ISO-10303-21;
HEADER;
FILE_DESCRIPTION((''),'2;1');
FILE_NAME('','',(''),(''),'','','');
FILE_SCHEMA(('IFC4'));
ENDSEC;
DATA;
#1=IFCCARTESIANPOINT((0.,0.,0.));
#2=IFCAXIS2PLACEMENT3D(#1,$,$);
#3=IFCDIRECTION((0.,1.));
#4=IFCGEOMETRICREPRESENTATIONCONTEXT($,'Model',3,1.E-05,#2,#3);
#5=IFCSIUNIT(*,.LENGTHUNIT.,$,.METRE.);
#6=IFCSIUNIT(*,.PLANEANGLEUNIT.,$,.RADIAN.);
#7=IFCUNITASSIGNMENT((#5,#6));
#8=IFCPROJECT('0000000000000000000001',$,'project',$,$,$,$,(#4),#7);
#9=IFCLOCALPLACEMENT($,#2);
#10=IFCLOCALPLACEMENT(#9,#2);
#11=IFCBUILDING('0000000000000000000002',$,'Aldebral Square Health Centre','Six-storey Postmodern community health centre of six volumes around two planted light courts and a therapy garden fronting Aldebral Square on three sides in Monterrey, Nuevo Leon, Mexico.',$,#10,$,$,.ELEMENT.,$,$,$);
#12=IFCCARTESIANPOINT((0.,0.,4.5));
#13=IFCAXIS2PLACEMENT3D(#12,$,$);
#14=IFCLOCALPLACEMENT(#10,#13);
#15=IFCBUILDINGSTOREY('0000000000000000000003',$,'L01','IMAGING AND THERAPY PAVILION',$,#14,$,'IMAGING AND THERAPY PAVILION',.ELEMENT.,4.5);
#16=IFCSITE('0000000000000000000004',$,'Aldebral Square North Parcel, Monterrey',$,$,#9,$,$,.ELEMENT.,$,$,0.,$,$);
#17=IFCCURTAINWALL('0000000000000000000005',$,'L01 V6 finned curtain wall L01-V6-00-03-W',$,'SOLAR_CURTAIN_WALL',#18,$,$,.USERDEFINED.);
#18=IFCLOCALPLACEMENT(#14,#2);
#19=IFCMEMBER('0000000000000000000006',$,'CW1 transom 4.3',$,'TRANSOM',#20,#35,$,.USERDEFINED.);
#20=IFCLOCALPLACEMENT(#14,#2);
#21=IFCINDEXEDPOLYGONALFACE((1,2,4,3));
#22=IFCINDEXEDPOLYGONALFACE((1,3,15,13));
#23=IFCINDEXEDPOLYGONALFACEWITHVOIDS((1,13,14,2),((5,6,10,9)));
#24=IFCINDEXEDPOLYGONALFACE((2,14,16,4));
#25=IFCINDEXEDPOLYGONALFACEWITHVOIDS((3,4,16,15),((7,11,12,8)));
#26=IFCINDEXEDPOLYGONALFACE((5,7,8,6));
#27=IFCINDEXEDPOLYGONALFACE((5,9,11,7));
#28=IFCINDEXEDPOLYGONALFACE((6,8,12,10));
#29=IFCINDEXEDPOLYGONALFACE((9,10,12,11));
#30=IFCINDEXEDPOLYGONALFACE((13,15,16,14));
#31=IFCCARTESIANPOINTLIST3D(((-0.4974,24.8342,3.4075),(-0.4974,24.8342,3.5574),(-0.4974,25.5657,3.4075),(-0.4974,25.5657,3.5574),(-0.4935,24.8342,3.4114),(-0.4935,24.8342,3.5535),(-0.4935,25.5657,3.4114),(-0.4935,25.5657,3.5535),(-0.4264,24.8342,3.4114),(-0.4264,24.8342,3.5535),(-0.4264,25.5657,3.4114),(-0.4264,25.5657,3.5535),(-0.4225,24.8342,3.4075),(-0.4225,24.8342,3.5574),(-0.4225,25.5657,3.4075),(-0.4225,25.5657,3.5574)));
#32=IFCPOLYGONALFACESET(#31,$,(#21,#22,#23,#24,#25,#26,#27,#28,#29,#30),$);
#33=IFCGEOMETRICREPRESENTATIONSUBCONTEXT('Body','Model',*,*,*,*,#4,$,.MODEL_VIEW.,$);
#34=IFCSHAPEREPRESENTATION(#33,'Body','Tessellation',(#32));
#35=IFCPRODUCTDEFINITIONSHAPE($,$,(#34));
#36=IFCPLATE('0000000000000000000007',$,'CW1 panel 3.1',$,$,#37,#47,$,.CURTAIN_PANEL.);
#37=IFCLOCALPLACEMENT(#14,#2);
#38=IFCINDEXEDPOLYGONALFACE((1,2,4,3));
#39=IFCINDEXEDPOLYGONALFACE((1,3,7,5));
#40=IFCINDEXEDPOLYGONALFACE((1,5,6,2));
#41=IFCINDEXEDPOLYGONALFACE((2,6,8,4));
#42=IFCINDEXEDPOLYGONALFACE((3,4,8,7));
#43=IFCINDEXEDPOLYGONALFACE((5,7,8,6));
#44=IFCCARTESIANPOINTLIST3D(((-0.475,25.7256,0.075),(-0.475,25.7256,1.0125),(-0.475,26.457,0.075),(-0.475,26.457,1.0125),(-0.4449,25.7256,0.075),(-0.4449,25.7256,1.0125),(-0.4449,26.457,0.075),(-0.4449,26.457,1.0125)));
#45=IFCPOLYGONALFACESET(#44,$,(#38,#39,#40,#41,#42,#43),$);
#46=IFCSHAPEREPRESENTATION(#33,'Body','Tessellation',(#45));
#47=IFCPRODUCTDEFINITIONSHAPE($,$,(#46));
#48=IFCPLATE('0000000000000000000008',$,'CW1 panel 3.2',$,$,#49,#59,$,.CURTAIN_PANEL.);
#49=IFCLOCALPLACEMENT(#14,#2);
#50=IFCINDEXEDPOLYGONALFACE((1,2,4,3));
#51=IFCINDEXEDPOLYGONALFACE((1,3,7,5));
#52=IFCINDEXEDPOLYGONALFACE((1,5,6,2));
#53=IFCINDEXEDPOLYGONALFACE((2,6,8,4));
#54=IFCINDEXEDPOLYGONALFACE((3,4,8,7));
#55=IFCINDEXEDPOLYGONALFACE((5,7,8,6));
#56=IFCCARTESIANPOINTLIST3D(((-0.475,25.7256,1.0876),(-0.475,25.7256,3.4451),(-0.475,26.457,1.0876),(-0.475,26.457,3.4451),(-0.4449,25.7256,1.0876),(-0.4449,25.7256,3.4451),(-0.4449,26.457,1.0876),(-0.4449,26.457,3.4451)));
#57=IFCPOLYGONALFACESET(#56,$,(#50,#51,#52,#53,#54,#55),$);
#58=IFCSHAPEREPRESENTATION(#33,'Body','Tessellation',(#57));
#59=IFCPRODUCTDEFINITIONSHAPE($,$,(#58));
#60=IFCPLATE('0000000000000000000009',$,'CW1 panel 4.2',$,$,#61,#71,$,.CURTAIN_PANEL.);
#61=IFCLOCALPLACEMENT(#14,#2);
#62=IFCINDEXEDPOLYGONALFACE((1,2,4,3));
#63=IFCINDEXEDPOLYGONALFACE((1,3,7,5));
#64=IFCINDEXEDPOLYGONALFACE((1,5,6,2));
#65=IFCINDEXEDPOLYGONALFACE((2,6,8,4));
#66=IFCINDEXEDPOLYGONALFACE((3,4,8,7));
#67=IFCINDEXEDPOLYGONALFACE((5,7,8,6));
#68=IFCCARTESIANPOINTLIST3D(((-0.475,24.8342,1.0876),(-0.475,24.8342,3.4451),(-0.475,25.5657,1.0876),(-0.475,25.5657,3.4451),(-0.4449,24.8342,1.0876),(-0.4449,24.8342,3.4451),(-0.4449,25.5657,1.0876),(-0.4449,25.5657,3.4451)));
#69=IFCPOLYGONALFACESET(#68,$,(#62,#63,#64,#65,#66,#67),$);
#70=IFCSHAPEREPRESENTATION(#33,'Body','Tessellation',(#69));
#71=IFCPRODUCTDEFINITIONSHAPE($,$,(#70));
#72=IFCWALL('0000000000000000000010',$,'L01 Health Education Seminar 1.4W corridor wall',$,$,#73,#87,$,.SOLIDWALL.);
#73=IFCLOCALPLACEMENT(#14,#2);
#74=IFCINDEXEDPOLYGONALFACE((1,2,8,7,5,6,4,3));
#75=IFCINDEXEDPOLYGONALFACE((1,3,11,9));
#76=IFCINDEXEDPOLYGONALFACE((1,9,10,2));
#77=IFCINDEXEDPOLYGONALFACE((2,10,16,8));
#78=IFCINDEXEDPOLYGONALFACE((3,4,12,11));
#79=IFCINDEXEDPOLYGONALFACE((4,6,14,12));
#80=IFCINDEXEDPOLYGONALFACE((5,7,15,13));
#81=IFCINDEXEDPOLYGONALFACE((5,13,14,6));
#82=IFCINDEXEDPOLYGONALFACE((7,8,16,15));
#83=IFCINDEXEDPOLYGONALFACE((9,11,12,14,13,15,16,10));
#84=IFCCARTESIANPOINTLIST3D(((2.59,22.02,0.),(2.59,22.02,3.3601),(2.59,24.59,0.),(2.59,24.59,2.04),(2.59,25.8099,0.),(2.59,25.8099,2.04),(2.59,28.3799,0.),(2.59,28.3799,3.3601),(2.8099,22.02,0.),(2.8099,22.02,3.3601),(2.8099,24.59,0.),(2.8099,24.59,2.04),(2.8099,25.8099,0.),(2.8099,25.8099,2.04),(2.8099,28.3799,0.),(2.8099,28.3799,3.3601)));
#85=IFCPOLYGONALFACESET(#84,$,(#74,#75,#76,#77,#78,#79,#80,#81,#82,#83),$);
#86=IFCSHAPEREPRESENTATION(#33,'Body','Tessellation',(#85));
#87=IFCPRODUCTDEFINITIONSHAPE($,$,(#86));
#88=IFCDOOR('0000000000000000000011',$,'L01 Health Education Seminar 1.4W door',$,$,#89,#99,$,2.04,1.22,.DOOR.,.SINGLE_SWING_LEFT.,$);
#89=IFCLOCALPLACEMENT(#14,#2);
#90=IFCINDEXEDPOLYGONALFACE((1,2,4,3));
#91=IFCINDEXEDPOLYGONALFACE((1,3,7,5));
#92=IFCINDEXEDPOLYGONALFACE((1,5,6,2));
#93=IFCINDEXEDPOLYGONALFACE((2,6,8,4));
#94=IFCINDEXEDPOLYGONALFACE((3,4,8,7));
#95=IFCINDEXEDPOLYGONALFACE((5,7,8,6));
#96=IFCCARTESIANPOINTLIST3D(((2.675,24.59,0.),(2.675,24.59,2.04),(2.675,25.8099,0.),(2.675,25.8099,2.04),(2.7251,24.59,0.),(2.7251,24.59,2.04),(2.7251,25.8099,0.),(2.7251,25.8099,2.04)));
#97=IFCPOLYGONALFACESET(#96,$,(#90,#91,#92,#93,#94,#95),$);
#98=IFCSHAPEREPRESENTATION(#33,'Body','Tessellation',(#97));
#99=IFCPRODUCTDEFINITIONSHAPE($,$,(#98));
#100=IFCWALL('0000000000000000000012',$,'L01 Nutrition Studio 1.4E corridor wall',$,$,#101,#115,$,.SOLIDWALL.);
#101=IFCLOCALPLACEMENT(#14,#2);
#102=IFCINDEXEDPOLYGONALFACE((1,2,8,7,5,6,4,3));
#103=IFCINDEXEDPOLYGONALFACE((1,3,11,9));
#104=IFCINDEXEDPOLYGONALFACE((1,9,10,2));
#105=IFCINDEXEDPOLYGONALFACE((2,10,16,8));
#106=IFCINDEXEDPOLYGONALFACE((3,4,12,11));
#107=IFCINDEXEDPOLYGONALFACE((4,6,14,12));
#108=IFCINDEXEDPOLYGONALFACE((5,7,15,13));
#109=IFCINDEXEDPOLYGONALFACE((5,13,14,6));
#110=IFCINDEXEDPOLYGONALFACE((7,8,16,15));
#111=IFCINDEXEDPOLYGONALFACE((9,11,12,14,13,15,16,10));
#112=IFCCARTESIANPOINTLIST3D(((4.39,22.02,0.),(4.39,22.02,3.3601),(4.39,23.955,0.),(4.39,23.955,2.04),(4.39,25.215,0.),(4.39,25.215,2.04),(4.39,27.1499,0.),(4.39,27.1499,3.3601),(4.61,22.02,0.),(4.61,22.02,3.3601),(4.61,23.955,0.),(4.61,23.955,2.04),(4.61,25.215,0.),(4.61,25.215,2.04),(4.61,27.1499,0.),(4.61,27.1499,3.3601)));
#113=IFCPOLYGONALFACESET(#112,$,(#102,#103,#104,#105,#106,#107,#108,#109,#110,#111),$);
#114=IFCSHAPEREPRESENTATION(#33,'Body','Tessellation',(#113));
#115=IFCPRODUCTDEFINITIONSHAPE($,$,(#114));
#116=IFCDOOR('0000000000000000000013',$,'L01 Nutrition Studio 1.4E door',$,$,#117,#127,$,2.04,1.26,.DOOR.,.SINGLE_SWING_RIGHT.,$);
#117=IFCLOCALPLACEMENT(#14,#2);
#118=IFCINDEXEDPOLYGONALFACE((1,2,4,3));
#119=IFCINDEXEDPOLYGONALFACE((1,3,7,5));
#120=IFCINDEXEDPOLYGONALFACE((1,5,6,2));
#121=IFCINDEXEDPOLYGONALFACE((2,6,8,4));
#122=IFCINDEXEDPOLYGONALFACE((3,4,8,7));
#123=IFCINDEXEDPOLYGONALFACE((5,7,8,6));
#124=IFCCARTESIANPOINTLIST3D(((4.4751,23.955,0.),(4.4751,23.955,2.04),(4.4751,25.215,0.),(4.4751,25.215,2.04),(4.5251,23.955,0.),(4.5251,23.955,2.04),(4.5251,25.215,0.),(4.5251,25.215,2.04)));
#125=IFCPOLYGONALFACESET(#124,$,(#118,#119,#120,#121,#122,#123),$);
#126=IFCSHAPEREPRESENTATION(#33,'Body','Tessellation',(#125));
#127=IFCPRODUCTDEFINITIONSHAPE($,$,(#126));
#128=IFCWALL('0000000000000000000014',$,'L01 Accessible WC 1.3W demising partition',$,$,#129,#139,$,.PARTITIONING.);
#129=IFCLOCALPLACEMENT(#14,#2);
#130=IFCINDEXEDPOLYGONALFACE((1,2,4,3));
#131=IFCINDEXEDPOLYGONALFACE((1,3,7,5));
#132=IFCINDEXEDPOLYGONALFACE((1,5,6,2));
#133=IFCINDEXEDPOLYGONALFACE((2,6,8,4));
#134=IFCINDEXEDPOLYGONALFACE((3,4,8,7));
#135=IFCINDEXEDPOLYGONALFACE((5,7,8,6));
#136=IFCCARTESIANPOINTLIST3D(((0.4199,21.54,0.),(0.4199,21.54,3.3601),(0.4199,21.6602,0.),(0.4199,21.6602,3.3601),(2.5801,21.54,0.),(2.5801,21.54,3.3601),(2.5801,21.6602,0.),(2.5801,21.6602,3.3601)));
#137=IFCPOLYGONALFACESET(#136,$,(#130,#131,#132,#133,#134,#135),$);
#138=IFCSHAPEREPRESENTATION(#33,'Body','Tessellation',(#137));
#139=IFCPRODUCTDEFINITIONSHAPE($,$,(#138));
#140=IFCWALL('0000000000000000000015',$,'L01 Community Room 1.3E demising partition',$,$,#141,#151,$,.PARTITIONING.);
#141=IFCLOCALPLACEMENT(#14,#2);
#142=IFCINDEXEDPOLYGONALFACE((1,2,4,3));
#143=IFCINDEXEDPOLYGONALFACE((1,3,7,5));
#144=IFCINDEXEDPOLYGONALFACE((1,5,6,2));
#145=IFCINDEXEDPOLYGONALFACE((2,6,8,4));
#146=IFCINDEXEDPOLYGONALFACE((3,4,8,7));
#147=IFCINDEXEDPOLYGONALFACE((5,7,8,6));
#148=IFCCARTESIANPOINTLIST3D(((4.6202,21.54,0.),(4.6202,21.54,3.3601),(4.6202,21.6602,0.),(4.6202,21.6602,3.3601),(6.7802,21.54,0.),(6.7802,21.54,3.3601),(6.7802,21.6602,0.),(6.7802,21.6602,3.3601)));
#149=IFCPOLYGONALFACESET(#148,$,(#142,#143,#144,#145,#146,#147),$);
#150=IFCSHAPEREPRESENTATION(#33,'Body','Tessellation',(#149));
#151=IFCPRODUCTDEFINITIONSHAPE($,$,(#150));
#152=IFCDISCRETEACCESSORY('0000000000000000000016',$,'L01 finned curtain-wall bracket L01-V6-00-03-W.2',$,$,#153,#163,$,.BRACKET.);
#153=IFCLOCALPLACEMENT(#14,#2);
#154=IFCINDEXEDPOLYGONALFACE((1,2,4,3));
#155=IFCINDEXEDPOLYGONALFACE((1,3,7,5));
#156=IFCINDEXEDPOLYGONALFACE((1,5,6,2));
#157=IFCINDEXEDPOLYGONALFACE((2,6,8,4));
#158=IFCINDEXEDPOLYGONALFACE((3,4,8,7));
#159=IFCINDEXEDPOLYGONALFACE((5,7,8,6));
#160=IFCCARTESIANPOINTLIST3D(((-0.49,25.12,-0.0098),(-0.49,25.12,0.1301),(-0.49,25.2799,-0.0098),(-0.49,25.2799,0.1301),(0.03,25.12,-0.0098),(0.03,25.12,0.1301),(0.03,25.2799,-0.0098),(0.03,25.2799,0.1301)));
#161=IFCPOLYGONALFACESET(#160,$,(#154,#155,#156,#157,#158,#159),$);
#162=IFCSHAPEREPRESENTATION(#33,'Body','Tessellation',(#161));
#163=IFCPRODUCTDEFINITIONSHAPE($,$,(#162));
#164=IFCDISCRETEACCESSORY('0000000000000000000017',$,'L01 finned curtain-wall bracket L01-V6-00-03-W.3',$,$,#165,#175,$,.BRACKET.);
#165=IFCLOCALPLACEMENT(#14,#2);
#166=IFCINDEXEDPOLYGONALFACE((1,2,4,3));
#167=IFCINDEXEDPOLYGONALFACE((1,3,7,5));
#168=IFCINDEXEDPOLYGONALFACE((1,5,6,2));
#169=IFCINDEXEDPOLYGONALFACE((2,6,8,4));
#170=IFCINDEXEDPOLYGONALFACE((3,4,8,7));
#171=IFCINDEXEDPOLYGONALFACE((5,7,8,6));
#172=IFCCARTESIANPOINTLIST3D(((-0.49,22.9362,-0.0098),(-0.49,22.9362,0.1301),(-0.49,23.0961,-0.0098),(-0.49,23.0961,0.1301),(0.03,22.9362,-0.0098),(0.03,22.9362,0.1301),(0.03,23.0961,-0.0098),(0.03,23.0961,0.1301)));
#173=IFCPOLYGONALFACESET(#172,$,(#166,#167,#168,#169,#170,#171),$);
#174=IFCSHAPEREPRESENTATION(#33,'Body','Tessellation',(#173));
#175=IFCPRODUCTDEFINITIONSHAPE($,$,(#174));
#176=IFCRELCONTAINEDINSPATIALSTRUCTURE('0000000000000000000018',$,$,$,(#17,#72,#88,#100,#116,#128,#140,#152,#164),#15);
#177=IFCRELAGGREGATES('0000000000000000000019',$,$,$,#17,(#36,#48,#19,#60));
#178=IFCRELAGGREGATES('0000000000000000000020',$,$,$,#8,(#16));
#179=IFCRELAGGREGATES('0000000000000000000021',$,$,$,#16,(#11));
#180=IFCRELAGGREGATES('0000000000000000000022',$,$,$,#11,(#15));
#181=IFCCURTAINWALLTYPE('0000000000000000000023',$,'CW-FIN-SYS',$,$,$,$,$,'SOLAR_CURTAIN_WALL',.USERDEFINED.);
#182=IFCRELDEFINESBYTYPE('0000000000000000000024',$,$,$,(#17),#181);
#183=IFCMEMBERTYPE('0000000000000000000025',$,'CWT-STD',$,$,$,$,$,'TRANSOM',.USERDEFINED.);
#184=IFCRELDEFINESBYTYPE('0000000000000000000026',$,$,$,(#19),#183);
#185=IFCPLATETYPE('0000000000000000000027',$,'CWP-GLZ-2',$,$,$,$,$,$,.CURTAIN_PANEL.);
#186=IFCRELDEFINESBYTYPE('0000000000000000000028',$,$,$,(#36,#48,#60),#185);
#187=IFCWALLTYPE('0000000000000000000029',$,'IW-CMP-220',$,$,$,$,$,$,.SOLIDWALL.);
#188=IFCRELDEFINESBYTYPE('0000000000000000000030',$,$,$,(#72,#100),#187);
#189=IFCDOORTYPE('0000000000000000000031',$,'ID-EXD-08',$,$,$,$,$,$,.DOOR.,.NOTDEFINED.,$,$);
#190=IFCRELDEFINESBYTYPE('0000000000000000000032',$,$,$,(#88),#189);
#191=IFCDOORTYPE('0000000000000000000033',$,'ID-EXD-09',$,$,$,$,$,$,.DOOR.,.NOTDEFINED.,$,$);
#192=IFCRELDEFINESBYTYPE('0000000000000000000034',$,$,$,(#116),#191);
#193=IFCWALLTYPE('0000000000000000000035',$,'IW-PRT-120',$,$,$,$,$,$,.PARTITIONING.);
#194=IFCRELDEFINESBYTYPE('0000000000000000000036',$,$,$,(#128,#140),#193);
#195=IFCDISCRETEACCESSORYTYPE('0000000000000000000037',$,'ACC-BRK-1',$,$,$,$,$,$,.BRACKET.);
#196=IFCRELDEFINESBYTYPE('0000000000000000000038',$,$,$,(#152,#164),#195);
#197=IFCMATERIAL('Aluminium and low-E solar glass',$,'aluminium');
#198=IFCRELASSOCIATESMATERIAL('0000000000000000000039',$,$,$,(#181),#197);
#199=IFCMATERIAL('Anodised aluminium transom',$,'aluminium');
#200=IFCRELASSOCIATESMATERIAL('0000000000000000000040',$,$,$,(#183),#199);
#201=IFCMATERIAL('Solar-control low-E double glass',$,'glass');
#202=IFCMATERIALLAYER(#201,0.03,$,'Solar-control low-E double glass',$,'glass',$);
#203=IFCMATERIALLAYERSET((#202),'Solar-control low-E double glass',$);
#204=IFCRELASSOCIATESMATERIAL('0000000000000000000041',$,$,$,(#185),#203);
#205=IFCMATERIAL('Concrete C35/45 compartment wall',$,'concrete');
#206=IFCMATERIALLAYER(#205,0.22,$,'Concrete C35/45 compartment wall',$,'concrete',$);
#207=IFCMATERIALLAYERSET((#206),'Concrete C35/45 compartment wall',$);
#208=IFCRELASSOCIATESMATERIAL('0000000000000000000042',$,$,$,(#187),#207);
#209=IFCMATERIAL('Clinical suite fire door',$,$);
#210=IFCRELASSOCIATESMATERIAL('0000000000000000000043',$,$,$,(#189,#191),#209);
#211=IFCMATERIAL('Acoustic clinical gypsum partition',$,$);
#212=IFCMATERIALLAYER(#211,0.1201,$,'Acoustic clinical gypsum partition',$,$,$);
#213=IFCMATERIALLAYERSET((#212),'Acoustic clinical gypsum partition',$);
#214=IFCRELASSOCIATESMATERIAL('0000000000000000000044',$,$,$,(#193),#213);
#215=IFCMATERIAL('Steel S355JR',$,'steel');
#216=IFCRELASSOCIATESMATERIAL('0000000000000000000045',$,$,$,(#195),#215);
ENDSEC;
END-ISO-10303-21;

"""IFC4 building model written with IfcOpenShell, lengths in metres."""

from ifc_helpers import new_model, si_unit, direction, frame, frame_2d, origin, origin_2d, place, context, subcontext, project, spatial, rectangle, hollow_rectangle, extrude, material, layer, layer_set, material_profile, profile_set, type_object, element, fill, aggregate, save


model = new_model("IFC4")

# Units and contexts
model_context = context("Model", 3, precision=1e-05, world=origin(), true_north=direction((0.0, 1.0)))
body_context = subcontext(model_context, "Body", "Model", "MODEL_VIEW")
ifc_project = project(units=[si_unit("LENGTHUNIT", "METRE"), si_unit("PLANEANGLEUNIT", "RADIAN")], contexts=[model_context])

# Site, building, storey
site_placement = place(None, origin())
site = spatial("IfcSite", under=ifc_project, at=site_placement, Name="Aldebral Square North Parcel, Monterrey", CompositionType="ELEMENT", RefElevation=0.0)
building_placement = place(site_placement, origin())
building = spatial("IfcBuilding", under=site, at=building_placement, Name="Aldebral Square Health Centre", Description="Six-storey Postmodern community health centre of six volumes around two planted light courts and a therapy garden fronting Aldebral Square on three sides in Monterrey, Nuevo Leon, Mexico.", CompositionType="ELEMENT")
storey_placement = place(building_placement, frame((0.0, 0.0, 4.5)))
storey = spatial("IfcBuildingStorey", under=building, at=storey_placement, Name="L01", Description="IMAGING AND THERAPY PAVILION", LongName="IMAGING AND THERAPY PAVILION", CompositionType="ELEMENT", Elevation=4.5)

# Curtain wall, member, plates
ifc_material_1 = material(Name="Aluminium and low-E solar glass", Category="aluminium")
curtain_wall_type = type_object("IfcCurtainWallType", Name="CW-FIN-SYS", ElementType="SOLAR_CURTAIN_WALL", PredefinedType="USERDEFINED", material=ifc_material_1)
curtain_wall_placement = place(storey_placement, origin())
curtain_wall = element("IfcCurtainWall", 1, at=curtain_wall_placement, inside=storey, type_object=curtain_wall_type, Name="L01 V6 finned curtain wall L01-V6-00-03-W", ObjectType="SOLAR_CURTAIN_WALL", PredefinedType="USERDEFINED")
ifc_material_2 = material(Name="Anodised aluminium transom", Category="aluminium")
ifc_material_profile_1 = material_profile(ifc_material_2, hollow_rectangle(XDim=0.075, YDim=0.1499, WallThickness=0.0039, at=origin_2d()), Name="CWT 75x150x4")
ifc_profile_set_1 = profile_set([ifc_material_profile_1], Name="Anodised aluminium transom")
member_type_1 = type_object("IfcMemberType", Name="CWT-STD", ElementType="TRANSOM", PredefinedType="USERDEFINED", material=ifc_profile_set_1)
member_1_placement = place(storey_placement, frame((-0.46, 25.5657, 3.4824), z_axis=(0.0, -1.0, 0.0), x_axis=(1.0, 0.0, 0.0)))
member_1 = element("IfcMember", 2, at=member_1_placement, type_object=member_type_1, Name="CW1 transom 4.3", ObjectType="TRANSOM", PredefinedType="USERDEFINED", context=body_context, shape_type="SweptSolid", body=[
    extrude(hollow_rectangle(XDim=0.075, YDim=0.1499, WallThickness=0.0039, at=origin_2d()), origin(), (0.0, 0.0, 1.0), 0.7314),
])
ifc_material_3 = material(Name="Solar-control low-E double glass", Category="glass")
ifc_layer_1 = layer(ifc_material_3, 0.03, Name="Solar-control low-E double glass", Category="glass")
ifc_layer_set_1 = layer_set([ifc_layer_1], Name="Solar-control low-E double glass")
plate_type = type_object("IfcPlateType", Name="CWP-GLZ-2", PredefinedType="CURTAIN_PANEL", material=ifc_layer_set_1)
plate_1_placement = place(storey_placement, frame((-0.46, 26.0913, 0.075), z_axis=(0.0, 0.0, 1.0), x_axis=(0.0, -1.0, 0.0)))
plate_1 = element("IfcPlate", 3, at=plate_1_placement, type_object=plate_type, Name="CW1 panel 3.1", PredefinedType="CURTAIN_PANEL", context=body_context, shape_type="SweptSolid", body=[
    extrude(rectangle(XDim=0.7314, YDim=0.03, at=origin_2d()), origin(), (0.0, 0.0, 1.0), 0.9375),
])
plate_2_placement = place(storey_placement, frame((-0.46, 26.0913, 1.0876), z_axis=(0.0, 0.0, 1.0), x_axis=(0.0, -1.0, 0.0)))
plate_2 = element("IfcPlate", 4, at=plate_2_placement, type_object=plate_type, Name="CW1 panel 3.2", PredefinedType="CURTAIN_PANEL", context=body_context, shape_type="SweptSolid", body=[
    extrude(rectangle(XDim=0.7314, YDim=0.03, at=origin_2d()), origin(), (0.0, 0.0, 1.0), 2.3574),
])
plate_3_placement = place(storey_placement, frame((-0.46, 25.2, 1.0876), z_axis=(0.0, 0.0, 1.0), x_axis=(0.0, -1.0, 0.0)))
plate_3 = element("IfcPlate", 5, at=plate_3_placement, type_object=plate_type, Name="CW1 panel 4.2", PredefinedType="CURTAIN_PANEL", context=body_context, shape_type="SweptSolid", body=[
    extrude(rectangle(XDim=0.7314, YDim=0.03, at=origin_2d()), origin(), (0.0, 0.0, 1.0), 2.3574),
])
aggregate(curtain_wall, [plate_1, plate_2, member_1, plate_3])

# Walls, openings, doors
ifc_material_4 = material(Name="Concrete C35/45 compartment wall", Category="concrete")
ifc_layer_2 = layer(ifc_material_4, 0.22, Name="Concrete C35/45 compartment wall", Category="concrete")
ifc_layer_set_2 = layer_set([ifc_layer_2], Name="Concrete C35/45 compartment wall")
wall_type_1 = type_object("IfcWallType", Name="IW-CMP-220", PredefinedType="SOLIDWALL", material=ifc_layer_set_2)
wall_1_placement = place(storey_placement, frame((2.7, 22.02, 0.0), z_axis=(0.0, 0.0, 1.0), x_axis=(0.0, 1.0, 0.0)))
wall_1 = element("IfcWall", 6, at=wall_1_placement, inside=storey, type_object=wall_type_1, Name="L01 Health Education Seminar 1.4W corridor wall", PredefinedType="SOLIDWALL", context=body_context, shape_type="SweptSolid", body=[
    extrude(rectangle(XDim=6.3599, YDim=0.22, at=frame_2d((3.1799, 0.0))), origin(), (0.0, 0.0, 1.0), 3.3601),
])
opening_1_placement = place(wall_1_placement, frame((2.5701, 0.0, 0.0)))
opening_1 = element("IfcOpeningElement", 7, at=opening_1_placement, cuts=wall_1, PredefinedType="OPENING", context=body_context, shape_type="SweptSolid", body=[
    extrude(rectangle(XDim=1.22, YDim=2.04, at=frame_2d((0.6099, 1.02))), frame((0.0, 0.1201, 0.0), z_axis=(0.0, -1.0, 0.0), x_axis=(1.0, 0.0, 0.0)), (0.0, 0.0, 1.0), 0.24),
])
ifc_material_5 = material(Name="Clinical suite fire door")
door_type_1 = type_object("IfcDoorType", Name="ID-EXD-08", OperationType="NOTDEFINED", PredefinedType="DOOR", material=ifc_material_5)
door_1_placement = place(opening_1_placement, origin())
door_1 = element("IfcDoor", 8, at=door_1_placement, inside=storey, type_object=door_type_1, Name="L01 Health Education Seminar 1.4W door", OperationType="SINGLE_SWING_LEFT", OverallHeight=2.04, OverallWidth=1.22, PredefinedType="DOOR", context=body_context, shape_type="SweptSolid", body=[
    extrude(rectangle(XDim=1.22, YDim=2.04, at=frame_2d((0.6099, 1.02))), frame((0.0, 0.0249, 0.0), z_axis=(0.0, -1.0, 0.0), x_axis=(1.0, 0.0, 0.0)), (0.0, 0.0, 1.0), 0.05),
])
fill(opening_1, door_1)
wall_2_placement = place(storey_placement, frame((4.5, 22.02, 0.0), z_axis=(0.0, 0.0, 1.0), x_axis=(0.0, 1.0, 0.0)))
wall_2 = element("IfcWall", 9, at=wall_2_placement, inside=storey, type_object=wall_type_1, Name="L01 Nutrition Studio 1.4E corridor wall", PredefinedType="SOLIDWALL", context=body_context, shape_type="SweptSolid", body=[
    extrude(rectangle(XDim=5.1299, YDim=0.22, at=frame_2d((2.5649, 0.0))), origin(), (0.0, 0.0, 1.0), 3.3601),
])
opening_2_placement = place(wall_2_placement, frame((1.9351, 0.0, 0.0)))
opening_2 = element("IfcOpeningElement", 10, at=opening_2_placement, cuts=wall_2, PredefinedType="OPENING", context=body_context, shape_type="SweptSolid", body=[
    extrude(rectangle(XDim=1.26, YDim=2.04, at=frame_2d((0.6299, 1.02))), frame((0.0, 0.1201, 0.0), z_axis=(0.0, -1.0, 0.0), x_axis=(1.0, 0.0, 0.0)), (0.0, 0.0, 1.0), 0.24),
])
door_type_2 = type_object("IfcDoorType", Name="ID-EXD-09", OperationType="NOTDEFINED", PredefinedType="DOOR", material=ifc_material_5)
door_2_placement = place(opening_2_placement, origin())
door_2 = element("IfcDoor", 11, at=door_2_placement, inside=storey, type_object=door_type_2, Name="L01 Nutrition Studio 1.4E door", OperationType="SINGLE_SWING_RIGHT", OverallHeight=2.04, OverallWidth=1.26, PredefinedType="DOOR", context=body_context, shape_type="SweptSolid", body=[
    extrude(rectangle(XDim=1.26, YDim=2.04, at=frame_2d((0.6299, 1.02))), frame((0.0, 0.0249, 0.0), z_axis=(0.0, -1.0, 0.0), x_axis=(1.0, 0.0, 0.0)), (0.0, 0.0, 1.0), 0.05),
])
fill(opening_2, door_2)

# Walls
ifc_material_6 = material(Name="Acoustic clinical gypsum partition")
ifc_layer_3 = layer(ifc_material_6, 0.1201, Name="Acoustic clinical gypsum partition")
ifc_layer_set_3 = layer_set([ifc_layer_3], Name="Acoustic clinical gypsum partition")
wall_type_2 = type_object("IfcWallType", Name="IW-PRT-120", PredefinedType="PARTITIONING", material=ifc_layer_set_3)
wall_3_placement = place(storey_placement, frame((0.4199, 21.6001, 0.0), z_axis=(0.0, 0.0, 1.0), x_axis=(1.0, 0.0, 0.0)))
element("IfcWall", 12, at=wall_3_placement, inside=storey, type_object=wall_type_2, Name="L01 Accessible WC 1.3W demising partition", PredefinedType="PARTITIONING", context=body_context, shape_type="SweptSolid", body=[
    extrude(rectangle(XDim=2.1602, YDim=0.1201, at=frame_2d((1.0801, 0.0))), origin(), (0.0, 0.0, 1.0), 3.3601),
])
wall_4_placement = place(storey_placement, frame((4.6201, 21.6001, 0.0), z_axis=(0.0, 0.0, 1.0), x_axis=(1.0, 0.0, 0.0)))
element("IfcWall", 13, at=wall_4_placement, inside=storey, type_object=wall_type_2, Name="L01 Community Room 1.3E demising partition", PredefinedType="PARTITIONING", context=body_context, shape_type="SweptSolid", body=[
    extrude(rectangle(XDim=2.1599, YDim=0.1201, at=frame_2d((1.0801, 0.0))), origin(), (0.0, 0.0, 1.0), 3.3601),
])

# Discrete accessories
ifc_material_7 = material(Name="Steel S355JR", Category="steel")
discrete_accessory_type = type_object("IfcDiscreteAccessoryType", Name="ACC-BRK-1", PredefinedType="BRACKET", material=ifc_material_7)
for number, where, z_axis, x_axis, name in (
    (14, (-0.23, 25.2, -0.0098), (0.0, 0.0, 1.0), (0.0, 1.0, 0.0), "L01 finned curtain-wall bracket L01-V6-00-03-W.2"),
    (15, (-0.23, 23.0161, -0.0098), (0.0, 0.0, 1.0), (0.0, 1.0, 0.0), "L01 finned curtain-wall bracket L01-V6-00-03-W.3"),
):
    element("IfcDiscreteAccessory", number, at=place(storey_placement, frame(where, z_axis=z_axis, x_axis=x_axis)), inside=storey, type_object=discrete_accessory_type, Name=name, PredefinedType="BRACKET", context=body_context, shape_type="SweptSolid", body=[
        extrude(rectangle(XDim=0.1599, YDim=0.52, at=origin_2d()), origin(), (0.0, 0.0, 1.0), 0.1399),
    ])

save(model, "model.ifc")
